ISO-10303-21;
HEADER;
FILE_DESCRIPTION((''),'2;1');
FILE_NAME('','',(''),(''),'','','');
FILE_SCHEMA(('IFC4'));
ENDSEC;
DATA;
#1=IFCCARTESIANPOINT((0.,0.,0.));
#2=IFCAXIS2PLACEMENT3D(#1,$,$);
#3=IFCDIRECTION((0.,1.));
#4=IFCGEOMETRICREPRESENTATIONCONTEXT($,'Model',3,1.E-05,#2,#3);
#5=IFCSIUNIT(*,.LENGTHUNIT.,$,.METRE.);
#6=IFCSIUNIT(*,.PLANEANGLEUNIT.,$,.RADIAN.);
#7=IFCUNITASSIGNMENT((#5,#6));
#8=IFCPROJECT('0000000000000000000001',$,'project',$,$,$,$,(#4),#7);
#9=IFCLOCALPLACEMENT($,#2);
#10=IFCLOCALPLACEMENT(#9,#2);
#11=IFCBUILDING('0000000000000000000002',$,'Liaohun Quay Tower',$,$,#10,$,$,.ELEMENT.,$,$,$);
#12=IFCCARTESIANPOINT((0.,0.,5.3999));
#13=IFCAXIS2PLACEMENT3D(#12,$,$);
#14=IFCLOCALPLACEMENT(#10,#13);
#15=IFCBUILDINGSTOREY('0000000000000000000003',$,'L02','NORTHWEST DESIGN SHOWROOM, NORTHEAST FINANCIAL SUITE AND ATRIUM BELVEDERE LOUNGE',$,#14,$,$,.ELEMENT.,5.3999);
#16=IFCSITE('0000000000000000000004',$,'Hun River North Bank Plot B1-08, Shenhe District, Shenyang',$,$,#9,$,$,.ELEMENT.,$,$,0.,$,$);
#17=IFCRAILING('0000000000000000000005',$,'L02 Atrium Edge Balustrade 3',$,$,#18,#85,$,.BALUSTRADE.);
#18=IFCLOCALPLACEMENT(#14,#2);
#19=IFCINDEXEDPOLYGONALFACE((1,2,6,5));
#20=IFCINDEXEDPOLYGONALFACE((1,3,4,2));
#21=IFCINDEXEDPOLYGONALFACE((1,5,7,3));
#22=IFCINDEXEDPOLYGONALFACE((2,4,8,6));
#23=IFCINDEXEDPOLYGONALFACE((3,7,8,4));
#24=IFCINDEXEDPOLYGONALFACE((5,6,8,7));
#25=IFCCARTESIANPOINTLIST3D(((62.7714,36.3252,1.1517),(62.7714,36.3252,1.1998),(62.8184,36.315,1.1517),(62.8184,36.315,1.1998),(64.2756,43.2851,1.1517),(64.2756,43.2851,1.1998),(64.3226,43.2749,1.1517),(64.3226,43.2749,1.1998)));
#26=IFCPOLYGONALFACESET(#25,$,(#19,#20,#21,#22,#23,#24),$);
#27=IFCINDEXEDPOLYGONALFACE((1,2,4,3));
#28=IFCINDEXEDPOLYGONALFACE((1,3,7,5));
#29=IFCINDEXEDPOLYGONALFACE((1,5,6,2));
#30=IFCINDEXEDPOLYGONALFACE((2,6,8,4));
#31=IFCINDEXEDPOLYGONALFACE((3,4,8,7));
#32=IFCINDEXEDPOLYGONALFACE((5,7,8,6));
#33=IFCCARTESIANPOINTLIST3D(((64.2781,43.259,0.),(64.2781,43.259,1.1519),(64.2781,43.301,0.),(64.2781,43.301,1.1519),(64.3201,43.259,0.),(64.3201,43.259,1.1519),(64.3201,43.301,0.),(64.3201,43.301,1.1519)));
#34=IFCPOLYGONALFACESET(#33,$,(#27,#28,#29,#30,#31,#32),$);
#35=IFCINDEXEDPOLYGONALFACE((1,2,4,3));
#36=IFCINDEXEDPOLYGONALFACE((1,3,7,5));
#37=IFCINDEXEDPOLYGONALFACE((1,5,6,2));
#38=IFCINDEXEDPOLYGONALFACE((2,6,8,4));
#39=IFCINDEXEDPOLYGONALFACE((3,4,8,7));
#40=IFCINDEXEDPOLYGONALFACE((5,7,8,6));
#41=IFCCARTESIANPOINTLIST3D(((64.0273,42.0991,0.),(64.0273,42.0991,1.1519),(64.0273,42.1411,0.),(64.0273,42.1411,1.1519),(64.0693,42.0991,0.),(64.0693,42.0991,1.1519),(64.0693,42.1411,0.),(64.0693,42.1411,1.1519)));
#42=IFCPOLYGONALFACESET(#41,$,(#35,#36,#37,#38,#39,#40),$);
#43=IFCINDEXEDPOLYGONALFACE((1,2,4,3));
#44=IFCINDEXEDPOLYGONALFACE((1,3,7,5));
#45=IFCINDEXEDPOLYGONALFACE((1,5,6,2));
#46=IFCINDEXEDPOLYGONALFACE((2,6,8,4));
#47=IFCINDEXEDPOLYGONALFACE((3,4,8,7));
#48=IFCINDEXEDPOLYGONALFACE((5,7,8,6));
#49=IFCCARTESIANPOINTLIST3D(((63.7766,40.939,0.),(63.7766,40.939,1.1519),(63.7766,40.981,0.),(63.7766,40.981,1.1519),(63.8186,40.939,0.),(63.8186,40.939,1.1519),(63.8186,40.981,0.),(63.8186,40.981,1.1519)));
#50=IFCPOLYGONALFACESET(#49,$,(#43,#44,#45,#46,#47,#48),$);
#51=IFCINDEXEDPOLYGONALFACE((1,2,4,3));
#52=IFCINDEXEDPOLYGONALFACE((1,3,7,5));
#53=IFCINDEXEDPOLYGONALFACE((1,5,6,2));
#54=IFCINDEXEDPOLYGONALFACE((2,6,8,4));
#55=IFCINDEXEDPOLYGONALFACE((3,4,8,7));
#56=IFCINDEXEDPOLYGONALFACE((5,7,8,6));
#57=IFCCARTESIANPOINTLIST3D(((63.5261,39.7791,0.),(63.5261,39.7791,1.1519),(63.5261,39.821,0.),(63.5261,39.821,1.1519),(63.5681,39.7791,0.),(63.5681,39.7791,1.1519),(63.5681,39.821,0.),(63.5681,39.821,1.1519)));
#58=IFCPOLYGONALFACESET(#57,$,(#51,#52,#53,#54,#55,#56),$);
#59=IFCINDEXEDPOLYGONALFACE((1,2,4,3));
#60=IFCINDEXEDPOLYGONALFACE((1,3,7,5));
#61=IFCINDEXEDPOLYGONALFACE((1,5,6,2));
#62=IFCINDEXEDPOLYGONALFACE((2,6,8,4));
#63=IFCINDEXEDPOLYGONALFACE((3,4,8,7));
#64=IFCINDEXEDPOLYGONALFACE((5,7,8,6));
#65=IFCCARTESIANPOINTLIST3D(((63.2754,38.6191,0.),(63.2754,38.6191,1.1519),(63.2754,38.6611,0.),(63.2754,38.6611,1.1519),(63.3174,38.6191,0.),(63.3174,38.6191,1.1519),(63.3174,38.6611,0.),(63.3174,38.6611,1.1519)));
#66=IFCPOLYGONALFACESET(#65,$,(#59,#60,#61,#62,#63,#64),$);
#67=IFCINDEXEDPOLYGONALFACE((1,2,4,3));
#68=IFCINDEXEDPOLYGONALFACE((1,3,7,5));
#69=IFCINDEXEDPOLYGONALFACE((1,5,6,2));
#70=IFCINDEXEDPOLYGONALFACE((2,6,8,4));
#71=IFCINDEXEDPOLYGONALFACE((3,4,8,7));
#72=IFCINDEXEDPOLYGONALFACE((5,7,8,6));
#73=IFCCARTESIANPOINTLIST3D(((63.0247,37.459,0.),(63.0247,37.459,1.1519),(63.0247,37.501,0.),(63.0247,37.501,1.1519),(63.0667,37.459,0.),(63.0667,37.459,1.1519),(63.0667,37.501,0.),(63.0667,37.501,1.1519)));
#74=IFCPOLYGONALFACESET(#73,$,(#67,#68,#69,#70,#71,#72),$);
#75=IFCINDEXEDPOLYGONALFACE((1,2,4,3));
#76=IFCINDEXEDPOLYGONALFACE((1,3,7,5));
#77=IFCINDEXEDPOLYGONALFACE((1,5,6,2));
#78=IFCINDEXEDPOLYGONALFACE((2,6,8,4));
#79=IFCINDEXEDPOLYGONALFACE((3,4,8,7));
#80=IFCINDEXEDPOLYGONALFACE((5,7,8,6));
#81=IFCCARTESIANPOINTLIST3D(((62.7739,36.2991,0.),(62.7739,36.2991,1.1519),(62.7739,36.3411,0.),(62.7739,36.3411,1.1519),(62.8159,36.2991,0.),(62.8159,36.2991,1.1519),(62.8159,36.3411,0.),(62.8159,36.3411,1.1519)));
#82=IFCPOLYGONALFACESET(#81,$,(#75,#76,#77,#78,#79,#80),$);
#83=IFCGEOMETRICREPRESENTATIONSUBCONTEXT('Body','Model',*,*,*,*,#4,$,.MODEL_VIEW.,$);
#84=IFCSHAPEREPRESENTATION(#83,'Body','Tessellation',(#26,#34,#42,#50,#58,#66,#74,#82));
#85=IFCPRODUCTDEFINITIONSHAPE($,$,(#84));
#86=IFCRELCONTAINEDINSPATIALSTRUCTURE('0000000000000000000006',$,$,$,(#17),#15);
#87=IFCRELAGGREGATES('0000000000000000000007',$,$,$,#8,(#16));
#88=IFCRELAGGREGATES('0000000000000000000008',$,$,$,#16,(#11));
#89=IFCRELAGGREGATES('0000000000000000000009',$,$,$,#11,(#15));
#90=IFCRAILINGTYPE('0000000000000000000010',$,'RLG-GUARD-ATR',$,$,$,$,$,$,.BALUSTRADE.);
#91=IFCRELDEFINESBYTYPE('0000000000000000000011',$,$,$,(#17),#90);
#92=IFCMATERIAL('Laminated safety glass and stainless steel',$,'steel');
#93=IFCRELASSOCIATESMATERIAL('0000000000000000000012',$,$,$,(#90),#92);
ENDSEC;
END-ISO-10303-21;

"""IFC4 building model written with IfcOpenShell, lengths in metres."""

from ifc_helpers import new_model, si_unit, direction, frame, origin, origin_2d, place, context, subcontext, project, spatial, rectangle, extrude, material, type_object, element, save


model = new_model("IFC4")

# Units and contexts
model_context = context("Model", 3, precision=1e-05, world=origin(), true_north=direction((0.0, 1.0)))
body_context = subcontext(model_context, "Body", "Model", "MODEL_VIEW")
ifc_project = project(units=[si_unit("LENGTHUNIT", "METRE"), si_unit("PLANEANGLEUNIT", "RADIAN")], contexts=[model_context])

# Site, building, storey
site_placement = place(None, origin())
site = spatial("IfcSite", under=ifc_project, at=site_placement, Name="Hun River North Bank Plot B1-08, Shenhe District, Shenyang", CompositionType="ELEMENT", RefElevation=0.0)
building_placement = place(site_placement, origin())
building = spatial("IfcBuilding", under=site, at=building_placement, Name="Liaohun Quay Tower", CompositionType="ELEMENT")
storey_placement = place(building_placement, frame((0.0, 0.0, 5.3999)))
storey = spatial("IfcBuildingStorey", under=building, at=storey_placement, Name="L02", Description="NORTHWEST DESIGN SHOWROOM, NORTHEAST FINANCIAL SUITE AND ATRIUM BELVEDERE LOUNGE", CompositionType="ELEMENT", Elevation=5.3999)

# Railing
ifc_material_1 = material(Name="Laminated safety glass and stainless steel", Category="steel")
railing_type = type_object("IfcRailingType", Name="RLG-GUARD-ATR", PredefinedType="BALUSTRADE", material=ifc_material_1)
railing_placement = place(storey_placement, frame((64.2991, 43.28, 0.0)))
element("IfcRailing", 1, at=railing_placement, inside=storey, type_object=railing_type, Name="L02 Atrium Edge Balustrade 3", PredefinedType="BALUSTRADE", context=body_context, shape_type="SweptSolid", body=[
    extrude(rectangle(XDim=0.0481, YDim=0.0481, at=origin_2d()), frame((0.0, 0.0, 1.1758), z_axis=(-0.211238, -0.977435, 0.0), x_axis=(0.977435, -0.211238, 0.0)), (0.0, 0.0, 1.0), 7.1206),
    extrude(rectangle(XDim=0.042, YDim=0.042, at=origin_2d()), origin(), (0.0, 0.0, 1.0), 1.1519),
    extrude(rectangle(XDim=0.042, YDim=0.042, at=origin_2d()), frame((-0.2507, -1.1599, 0.0)), (0.0, 0.0, 1.0), 1.1519),
    extrude(rectangle(XDim=0.042, YDim=0.042, at=origin_2d()), frame((-0.5015, -2.3201, 0.0)), (0.0, 0.0, 1.0), 1.1519),
    extrude(rectangle(XDim=0.042, YDim=0.042, at=origin_2d()), frame((-0.752, -3.48, 0.0)), (0.0, 0.0, 1.0), 1.1519),
    extrude(rectangle(XDim=0.042, YDim=0.042, at=origin_2d()), frame((-1.0027, -4.6399, 0.0)), (0.0, 0.0, 1.0), 1.1519),
    extrude(rectangle(XDim=0.042, YDim=0.042, at=origin_2d()), frame((-1.2534, -5.8, 0.0)), (0.0, 0.0, 1.0), 1.1519),
    extrude(rectangle(XDim=0.042, YDim=0.042, at=origin_2d()), frame((-1.5042, -6.96, 0.0)), (0.0, 0.0, 1.0), 1.1519),
])

save(model, "model.ifc")
